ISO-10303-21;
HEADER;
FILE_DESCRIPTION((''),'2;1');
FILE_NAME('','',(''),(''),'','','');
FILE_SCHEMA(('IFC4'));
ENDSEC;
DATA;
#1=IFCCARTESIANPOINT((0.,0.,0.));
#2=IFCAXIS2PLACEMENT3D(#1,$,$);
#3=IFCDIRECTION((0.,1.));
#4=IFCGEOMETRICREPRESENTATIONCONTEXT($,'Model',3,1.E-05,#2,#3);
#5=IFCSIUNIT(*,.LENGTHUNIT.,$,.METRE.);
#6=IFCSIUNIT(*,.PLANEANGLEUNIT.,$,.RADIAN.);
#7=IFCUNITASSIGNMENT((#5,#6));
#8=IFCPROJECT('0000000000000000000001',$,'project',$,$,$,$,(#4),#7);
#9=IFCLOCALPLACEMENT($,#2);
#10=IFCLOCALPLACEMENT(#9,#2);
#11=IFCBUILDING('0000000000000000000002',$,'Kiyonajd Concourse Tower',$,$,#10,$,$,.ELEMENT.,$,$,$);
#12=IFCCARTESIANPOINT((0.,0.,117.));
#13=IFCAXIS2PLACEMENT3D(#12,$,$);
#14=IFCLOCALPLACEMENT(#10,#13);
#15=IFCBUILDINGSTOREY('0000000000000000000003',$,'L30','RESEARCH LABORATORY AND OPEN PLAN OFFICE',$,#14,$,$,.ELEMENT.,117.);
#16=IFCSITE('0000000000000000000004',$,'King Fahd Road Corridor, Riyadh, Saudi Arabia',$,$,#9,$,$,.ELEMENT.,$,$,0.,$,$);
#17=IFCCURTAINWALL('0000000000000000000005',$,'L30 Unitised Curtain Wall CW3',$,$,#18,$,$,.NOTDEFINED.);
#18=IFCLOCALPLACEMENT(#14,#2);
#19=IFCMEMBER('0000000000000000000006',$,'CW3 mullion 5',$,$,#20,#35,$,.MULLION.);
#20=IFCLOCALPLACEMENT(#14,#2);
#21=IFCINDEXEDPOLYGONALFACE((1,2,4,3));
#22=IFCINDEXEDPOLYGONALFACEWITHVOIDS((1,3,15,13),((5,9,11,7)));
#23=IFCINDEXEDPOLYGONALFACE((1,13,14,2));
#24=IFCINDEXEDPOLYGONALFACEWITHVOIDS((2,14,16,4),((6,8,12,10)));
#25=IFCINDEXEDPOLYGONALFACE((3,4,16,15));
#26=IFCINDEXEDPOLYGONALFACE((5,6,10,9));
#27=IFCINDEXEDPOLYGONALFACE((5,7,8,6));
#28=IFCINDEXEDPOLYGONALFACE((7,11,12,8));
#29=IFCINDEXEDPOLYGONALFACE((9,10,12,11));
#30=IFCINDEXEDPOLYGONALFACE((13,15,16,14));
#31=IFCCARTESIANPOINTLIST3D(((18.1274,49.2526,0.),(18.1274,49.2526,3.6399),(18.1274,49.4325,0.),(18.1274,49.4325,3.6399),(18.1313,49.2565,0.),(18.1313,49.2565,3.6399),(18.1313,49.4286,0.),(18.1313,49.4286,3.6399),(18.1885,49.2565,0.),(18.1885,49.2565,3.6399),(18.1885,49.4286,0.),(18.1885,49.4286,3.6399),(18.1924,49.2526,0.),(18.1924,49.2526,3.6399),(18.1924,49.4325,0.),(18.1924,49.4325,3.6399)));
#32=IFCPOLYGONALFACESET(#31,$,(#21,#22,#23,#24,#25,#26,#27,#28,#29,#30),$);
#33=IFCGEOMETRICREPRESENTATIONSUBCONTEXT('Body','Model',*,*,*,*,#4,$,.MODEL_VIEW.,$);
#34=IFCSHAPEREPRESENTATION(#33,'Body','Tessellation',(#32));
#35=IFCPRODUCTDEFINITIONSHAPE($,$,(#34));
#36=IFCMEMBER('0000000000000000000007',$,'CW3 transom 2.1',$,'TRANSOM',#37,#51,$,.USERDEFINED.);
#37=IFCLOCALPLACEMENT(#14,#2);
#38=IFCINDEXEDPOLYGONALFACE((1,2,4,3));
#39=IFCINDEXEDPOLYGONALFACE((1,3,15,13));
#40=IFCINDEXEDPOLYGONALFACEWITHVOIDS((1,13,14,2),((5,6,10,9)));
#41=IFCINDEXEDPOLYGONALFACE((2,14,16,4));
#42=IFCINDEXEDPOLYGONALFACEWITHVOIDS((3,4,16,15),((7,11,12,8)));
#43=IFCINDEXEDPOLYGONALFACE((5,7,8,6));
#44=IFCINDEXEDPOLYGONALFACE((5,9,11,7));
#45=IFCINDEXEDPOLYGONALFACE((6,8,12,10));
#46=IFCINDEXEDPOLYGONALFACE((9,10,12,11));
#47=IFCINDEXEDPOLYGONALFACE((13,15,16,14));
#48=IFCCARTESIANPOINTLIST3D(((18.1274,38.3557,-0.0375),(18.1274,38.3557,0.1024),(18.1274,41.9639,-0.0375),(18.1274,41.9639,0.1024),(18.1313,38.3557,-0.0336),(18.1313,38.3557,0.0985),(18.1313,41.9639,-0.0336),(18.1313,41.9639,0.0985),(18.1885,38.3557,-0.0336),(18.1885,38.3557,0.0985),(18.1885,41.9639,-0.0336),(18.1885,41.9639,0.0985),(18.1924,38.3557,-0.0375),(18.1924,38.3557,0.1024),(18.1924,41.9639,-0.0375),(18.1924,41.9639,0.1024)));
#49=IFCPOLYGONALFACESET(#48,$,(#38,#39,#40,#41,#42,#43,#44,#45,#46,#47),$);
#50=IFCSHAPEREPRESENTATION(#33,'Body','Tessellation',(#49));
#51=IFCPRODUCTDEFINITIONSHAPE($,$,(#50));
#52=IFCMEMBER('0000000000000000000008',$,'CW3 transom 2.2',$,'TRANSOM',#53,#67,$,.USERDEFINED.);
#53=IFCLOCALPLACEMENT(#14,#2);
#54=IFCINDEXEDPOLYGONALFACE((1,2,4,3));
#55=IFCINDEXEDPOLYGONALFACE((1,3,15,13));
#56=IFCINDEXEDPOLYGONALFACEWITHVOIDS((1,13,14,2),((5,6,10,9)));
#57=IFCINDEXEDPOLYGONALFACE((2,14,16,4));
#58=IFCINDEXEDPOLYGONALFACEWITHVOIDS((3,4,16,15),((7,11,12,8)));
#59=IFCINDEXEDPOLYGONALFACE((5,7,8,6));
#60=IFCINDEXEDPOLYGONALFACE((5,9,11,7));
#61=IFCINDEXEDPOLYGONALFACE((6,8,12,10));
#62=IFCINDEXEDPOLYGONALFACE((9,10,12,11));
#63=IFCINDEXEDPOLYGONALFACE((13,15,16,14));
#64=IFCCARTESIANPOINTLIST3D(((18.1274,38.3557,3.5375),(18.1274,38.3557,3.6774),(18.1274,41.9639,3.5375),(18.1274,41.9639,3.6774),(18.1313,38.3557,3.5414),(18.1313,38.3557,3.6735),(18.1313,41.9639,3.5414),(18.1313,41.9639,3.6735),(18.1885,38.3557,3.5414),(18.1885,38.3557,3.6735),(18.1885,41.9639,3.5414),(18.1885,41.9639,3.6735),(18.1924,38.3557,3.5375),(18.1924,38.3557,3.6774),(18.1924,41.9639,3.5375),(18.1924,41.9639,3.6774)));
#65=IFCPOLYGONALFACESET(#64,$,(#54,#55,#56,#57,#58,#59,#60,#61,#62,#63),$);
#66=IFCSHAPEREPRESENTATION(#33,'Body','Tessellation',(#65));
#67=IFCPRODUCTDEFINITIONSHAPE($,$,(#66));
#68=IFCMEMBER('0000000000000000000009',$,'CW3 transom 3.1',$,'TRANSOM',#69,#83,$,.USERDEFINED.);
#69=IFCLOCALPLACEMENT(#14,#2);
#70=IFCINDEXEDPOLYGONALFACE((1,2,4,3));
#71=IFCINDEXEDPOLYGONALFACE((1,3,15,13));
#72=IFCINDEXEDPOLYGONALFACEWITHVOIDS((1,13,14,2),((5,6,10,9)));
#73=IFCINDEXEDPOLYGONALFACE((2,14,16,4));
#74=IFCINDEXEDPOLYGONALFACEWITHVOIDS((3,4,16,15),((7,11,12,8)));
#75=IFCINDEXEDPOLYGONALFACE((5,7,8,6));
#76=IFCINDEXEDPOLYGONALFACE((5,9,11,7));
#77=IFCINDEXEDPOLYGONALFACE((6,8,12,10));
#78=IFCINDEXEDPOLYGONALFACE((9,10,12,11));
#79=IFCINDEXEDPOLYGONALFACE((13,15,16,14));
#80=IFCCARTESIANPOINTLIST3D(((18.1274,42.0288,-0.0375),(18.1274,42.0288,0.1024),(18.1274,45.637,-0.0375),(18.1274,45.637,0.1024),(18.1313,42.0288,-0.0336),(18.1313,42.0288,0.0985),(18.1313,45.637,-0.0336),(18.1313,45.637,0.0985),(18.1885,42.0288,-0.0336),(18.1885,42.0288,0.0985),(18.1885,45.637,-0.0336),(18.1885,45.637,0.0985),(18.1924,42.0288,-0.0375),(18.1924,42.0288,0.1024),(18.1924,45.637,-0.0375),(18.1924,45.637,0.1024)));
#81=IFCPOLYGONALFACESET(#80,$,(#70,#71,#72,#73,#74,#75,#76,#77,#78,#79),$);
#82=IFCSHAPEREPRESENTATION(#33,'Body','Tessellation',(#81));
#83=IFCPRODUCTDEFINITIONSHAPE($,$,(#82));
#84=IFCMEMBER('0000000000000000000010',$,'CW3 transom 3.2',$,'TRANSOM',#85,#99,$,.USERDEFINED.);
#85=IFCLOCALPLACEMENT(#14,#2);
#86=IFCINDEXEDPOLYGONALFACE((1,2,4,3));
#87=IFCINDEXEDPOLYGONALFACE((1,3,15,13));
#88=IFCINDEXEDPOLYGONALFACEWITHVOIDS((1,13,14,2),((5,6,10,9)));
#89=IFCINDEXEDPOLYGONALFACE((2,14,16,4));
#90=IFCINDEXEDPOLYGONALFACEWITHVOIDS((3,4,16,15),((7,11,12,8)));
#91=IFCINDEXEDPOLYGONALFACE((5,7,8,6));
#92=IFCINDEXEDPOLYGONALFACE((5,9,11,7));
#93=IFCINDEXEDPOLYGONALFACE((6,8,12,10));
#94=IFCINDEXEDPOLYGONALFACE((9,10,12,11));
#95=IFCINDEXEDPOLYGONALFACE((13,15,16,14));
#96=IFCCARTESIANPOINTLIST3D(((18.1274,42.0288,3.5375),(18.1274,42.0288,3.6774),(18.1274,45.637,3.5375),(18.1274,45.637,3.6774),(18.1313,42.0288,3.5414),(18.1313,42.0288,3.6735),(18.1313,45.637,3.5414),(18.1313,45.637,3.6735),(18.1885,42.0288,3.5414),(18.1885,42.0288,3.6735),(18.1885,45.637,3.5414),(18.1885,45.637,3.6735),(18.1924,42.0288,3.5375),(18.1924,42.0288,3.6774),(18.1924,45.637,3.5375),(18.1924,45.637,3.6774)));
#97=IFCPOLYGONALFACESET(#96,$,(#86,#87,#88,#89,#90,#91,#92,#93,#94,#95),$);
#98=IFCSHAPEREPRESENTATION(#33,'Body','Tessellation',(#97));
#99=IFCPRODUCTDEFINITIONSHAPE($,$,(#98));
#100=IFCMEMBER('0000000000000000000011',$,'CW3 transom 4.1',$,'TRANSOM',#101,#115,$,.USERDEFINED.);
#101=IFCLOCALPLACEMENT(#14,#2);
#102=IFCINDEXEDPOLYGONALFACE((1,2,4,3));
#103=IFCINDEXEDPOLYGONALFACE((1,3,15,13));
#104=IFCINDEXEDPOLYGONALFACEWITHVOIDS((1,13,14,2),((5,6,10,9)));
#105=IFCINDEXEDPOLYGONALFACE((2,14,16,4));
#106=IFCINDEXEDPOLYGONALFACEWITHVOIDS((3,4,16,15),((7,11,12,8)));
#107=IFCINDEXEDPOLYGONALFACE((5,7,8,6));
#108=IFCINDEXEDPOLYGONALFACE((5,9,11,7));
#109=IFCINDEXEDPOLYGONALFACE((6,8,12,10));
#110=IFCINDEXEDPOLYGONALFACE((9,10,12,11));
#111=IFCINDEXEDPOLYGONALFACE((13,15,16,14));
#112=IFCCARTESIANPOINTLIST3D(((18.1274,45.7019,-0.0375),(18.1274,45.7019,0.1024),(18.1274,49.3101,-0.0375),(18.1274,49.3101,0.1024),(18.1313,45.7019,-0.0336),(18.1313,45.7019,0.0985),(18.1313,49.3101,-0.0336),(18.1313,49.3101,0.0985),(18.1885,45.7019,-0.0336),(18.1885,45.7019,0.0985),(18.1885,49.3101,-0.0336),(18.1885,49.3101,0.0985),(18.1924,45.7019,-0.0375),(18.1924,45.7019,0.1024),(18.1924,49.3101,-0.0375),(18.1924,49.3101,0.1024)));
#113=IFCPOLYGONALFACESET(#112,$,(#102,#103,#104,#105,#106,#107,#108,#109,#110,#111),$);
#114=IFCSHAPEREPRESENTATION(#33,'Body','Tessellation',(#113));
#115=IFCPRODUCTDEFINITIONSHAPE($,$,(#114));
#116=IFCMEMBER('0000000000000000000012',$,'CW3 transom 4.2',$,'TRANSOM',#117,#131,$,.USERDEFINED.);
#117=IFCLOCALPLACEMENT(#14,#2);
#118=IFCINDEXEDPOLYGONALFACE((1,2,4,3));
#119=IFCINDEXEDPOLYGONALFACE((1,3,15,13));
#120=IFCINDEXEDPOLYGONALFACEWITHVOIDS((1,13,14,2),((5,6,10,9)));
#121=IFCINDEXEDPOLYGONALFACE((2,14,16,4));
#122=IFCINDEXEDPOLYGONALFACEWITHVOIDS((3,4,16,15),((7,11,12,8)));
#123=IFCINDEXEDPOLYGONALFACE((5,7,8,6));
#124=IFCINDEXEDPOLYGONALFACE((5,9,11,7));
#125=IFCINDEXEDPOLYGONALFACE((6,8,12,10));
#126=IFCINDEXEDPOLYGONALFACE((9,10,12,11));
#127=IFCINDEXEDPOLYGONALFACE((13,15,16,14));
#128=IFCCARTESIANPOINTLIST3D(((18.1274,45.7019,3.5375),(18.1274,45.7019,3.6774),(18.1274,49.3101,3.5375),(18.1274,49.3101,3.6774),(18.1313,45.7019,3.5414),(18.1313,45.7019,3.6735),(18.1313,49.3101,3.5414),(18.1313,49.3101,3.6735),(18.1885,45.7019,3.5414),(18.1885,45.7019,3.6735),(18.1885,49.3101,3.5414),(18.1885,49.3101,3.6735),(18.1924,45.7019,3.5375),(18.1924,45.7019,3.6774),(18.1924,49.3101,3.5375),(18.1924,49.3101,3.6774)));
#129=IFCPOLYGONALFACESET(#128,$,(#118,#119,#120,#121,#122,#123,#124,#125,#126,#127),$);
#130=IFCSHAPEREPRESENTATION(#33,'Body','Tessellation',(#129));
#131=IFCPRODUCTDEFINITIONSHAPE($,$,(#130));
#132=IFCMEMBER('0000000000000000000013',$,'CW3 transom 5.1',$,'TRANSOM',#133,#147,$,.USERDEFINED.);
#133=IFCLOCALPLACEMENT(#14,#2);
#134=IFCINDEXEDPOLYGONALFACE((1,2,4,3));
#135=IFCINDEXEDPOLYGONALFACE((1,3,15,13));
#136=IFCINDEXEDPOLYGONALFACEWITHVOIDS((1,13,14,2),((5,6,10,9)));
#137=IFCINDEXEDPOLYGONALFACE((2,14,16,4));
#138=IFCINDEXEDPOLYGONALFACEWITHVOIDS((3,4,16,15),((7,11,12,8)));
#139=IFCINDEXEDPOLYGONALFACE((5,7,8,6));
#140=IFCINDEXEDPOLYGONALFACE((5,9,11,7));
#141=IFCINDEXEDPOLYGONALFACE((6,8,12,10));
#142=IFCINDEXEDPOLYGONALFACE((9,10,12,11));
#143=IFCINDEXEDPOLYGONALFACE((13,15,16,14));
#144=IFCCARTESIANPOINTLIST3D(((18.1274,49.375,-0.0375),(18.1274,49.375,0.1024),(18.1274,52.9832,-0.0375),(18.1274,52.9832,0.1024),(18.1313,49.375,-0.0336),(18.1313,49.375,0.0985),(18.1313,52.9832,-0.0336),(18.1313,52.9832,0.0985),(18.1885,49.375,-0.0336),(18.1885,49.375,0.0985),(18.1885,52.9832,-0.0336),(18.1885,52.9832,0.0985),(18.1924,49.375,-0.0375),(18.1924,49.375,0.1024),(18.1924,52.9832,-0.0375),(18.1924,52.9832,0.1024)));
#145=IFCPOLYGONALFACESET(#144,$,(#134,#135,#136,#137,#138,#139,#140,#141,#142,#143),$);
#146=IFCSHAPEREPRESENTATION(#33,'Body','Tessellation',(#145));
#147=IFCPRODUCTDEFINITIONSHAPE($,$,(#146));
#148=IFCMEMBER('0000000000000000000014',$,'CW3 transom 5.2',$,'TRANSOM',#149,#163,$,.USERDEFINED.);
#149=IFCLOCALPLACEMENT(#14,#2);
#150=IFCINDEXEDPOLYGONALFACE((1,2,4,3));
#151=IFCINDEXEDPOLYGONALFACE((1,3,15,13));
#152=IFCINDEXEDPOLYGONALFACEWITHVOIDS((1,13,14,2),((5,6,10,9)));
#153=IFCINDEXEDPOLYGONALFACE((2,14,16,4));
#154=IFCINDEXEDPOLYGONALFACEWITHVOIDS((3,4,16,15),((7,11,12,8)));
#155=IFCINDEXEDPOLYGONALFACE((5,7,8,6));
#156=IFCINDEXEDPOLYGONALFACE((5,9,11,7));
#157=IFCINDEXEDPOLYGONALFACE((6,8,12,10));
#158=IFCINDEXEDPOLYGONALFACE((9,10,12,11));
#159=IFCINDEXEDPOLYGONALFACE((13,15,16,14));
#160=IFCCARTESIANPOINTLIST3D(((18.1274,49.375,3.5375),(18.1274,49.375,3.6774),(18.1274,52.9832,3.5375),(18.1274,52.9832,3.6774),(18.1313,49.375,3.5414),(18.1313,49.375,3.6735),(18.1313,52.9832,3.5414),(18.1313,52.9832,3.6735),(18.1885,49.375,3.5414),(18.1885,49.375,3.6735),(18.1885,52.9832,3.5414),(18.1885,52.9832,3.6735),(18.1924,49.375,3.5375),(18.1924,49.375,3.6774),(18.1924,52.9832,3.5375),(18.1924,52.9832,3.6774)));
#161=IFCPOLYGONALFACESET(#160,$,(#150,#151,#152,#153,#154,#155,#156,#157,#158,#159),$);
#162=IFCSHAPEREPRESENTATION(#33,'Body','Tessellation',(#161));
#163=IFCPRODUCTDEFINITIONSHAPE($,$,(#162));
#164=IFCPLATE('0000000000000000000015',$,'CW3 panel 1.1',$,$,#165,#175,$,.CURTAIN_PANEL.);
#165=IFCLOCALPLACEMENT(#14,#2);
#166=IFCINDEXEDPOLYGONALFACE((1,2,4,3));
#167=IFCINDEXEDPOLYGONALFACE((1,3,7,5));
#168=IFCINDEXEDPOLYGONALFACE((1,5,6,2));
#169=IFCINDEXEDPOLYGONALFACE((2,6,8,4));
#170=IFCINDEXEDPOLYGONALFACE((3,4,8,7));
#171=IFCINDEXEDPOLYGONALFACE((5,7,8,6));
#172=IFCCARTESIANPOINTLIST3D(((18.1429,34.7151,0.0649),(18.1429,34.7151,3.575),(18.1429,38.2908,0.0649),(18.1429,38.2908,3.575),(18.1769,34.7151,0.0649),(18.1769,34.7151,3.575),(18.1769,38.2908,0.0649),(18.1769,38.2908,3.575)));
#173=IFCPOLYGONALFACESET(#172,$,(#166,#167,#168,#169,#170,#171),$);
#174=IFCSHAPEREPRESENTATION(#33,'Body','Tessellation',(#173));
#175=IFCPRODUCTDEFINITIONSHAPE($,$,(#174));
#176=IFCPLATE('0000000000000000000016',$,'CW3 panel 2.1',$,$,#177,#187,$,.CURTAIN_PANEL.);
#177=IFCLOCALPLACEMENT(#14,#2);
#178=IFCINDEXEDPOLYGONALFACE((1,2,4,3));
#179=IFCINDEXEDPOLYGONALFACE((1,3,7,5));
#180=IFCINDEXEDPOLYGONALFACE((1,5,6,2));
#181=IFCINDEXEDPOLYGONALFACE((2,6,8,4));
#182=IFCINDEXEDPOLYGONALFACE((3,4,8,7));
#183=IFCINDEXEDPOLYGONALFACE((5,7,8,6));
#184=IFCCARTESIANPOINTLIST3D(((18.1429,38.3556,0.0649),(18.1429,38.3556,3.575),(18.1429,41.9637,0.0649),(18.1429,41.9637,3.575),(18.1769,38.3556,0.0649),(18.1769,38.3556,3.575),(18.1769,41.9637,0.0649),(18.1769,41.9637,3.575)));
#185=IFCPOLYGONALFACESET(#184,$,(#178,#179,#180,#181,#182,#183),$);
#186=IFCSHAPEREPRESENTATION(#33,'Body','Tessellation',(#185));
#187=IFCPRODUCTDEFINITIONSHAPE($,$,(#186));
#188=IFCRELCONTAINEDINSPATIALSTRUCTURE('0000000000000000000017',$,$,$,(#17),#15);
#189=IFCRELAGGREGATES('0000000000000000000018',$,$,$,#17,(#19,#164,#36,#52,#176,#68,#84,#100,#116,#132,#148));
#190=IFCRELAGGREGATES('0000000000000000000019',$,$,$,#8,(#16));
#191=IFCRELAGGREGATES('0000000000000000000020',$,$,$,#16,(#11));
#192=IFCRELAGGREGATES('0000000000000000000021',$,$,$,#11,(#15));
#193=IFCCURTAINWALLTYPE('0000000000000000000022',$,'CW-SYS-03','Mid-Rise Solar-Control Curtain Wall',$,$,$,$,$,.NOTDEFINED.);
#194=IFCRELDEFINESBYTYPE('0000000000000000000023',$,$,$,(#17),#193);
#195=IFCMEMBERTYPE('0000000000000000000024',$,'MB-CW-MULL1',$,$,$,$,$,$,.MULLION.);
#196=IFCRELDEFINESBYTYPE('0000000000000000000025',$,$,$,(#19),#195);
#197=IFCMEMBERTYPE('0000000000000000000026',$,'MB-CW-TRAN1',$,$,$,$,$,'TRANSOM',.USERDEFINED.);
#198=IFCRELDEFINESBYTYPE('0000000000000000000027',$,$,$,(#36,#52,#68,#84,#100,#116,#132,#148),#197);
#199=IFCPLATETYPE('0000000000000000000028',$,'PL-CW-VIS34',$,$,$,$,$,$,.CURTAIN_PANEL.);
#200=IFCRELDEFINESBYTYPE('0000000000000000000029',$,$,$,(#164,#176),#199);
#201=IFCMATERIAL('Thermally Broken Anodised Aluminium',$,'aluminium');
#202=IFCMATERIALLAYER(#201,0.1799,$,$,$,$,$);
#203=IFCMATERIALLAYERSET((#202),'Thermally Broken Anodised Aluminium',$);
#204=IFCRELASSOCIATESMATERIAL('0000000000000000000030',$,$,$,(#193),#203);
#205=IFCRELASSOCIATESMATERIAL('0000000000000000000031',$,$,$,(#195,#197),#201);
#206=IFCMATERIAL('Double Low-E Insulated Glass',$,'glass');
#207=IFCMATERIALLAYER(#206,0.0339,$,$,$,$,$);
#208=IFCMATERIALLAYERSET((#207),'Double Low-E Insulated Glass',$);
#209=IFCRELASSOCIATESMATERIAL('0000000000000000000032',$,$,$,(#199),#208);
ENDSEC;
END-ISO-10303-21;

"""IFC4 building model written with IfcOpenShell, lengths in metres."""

from ifc_helpers import new_model, si_unit, direction, frame, origin, origin_2d, place, context, subcontext, project, spatial, rectangle, hollow_rectangle, extrude, material, layer, layer_set, material_profile, profile_set, type_object, element, aggregate, save


model = new_model("IFC4")

# Units and contexts
model_context = context("Model", 3, precision=1e-05, world=origin(), true_north=direction((0.0, 1.0)))
body_context = subcontext(model_context, "Body", "Model", "MODEL_VIEW")
ifc_project = project(units=[si_unit("LENGTHUNIT", "METRE"), si_unit("PLANEANGLEUNIT", "RADIAN")], contexts=[model_context])

# Site, building, storey
site_placement = place(None, origin())
site = spatial("IfcSite", under=ifc_project, at=site_placement, Name="King Fahd Road Corridor, Riyadh, Saudi Arabia", CompositionType="ELEMENT", RefElevation=0.0)
building_placement = place(site_placement, origin())
building = spatial("IfcBuilding", under=site, at=building_placement, Name="Kiyonajd Concourse Tower", CompositionType="ELEMENT")
storey_placement = place(building_placement, frame((0.0, 0.0, 117.0)))
storey = spatial("IfcBuildingStorey", under=building, at=storey_placement, Name="L30", Description="RESEARCH LABORATORY AND OPEN PLAN OFFICE", CompositionType="ELEMENT", Elevation=117.0)

# Curtain wall, members, plates
ifc_material_1 = material(Name="Thermally Broken Anodised Aluminium", Category="aluminium")
ifc_layer_1 = layer(ifc_material_1, 0.1799)
ifc_layer_set_1 = layer_set([ifc_layer_1], Name="Thermally Broken Anodised Aluminium")
curtain_wall_type = type_object("IfcCurtainWallType", Name="CW-SYS-03", Description="Mid-Rise Solar-Control Curtain Wall", PredefinedType="NOTDEFINED", material=ifc_layer_set_1)
curtain_wall_placement = place(storey_placement, origin())
curtain_wall = element("IfcCurtainWall", 1, at=curtain_wall_placement, inside=storey, type_object=curtain_wall_type, Name="L30 Unitised Curtain Wall CW3", PredefinedType="NOTDEFINED")
ifc_material_profile_1 = material_profile(ifc_material_1, hollow_rectangle(XDim=0.0649, YDim=0.1799, WallThickness=0.0039, at=origin_2d()), Name="MULL-65x180")
ifc_profile_set_1 = profile_set([ifc_material_profile_1], Name="Thermally Broken Anodised Aluminium")
member_type_1 = type_object("IfcMemberType", Name="MB-CW-MULL1", PredefinedType="MULLION", material=ifc_profile_set_1)
member_1_placement = place(storey_placement, frame((18.1599, 49.3425, 0.0), z_axis=(0.0, 0.0, 1.0), x_axis=(-1.0, 0.0, 0.0)))
member_1 = element("IfcMember", 2, at=member_1_placement, type_object=member_type_1, Name="CW3 mullion 5", PredefinedType="MULLION", context=body_context, shape_type="SweptSolid", body=[
    extrude(hollow_rectangle(XDim=0.0649, YDim=0.1799, WallThickness=0.0039, at=origin_2d()), origin(), (0.0, 0.0, 1.0), 3.6399),
])
ifc_material_profile_2 = material_profile(ifc_material_1, hollow_rectangle(XDim=0.0649, YDim=0.1399, WallThickness=0.0039, at=origin_2d()), Name="TRAN-65x140")
ifc_profile_set_2 = profile_set([ifc_material_profile_2], Name="Thermally Broken Anodised Aluminium")
member_type_2 = type_object("IfcMemberType", Name="MB-CW-TRAN1", ElementType="TRANSOM", PredefinedType="USERDEFINED", material=ifc_profile_set_2)
member_2_placement = place(storey_placement, frame((18.1599, 38.3557, 0.0325), z_axis=(0.0, 1.0, 0.0), x_axis=(-1.0, 0.0, 0.0)))
member_2 = element("IfcMember", 3, at=member_2_placement, type_object=member_type_2, Name="CW3 transom 2.1", ObjectType="TRANSOM", PredefinedType="USERDEFINED", context=body_context, shape_type="SweptSolid", body=[
    extrude(hollow_rectangle(XDim=0.0649, YDim=0.1399, WallThickness=0.0039, at=origin_2d()), origin(), (0.0, 0.0, 1.0), 3.6082),
])
member_3_placement = place(storey_placement, frame((18.1599, 38.3557, 3.6074), z_axis=(0.0, 1.0, 0.0), x_axis=(-1.0, 0.0, 0.0)))
member_3 = element("IfcMember", 4, at=member_3_placement, type_object=member_type_2, Name="CW3 transom 2.2", ObjectType="TRANSOM", PredefinedType="USERDEFINED", context=body_context, shape_type="SweptSolid", body=[
    extrude(hollow_rectangle(XDim=0.0649, YDim=0.1399, WallThickness=0.0039, at=origin_2d()), origin(), (0.0, 0.0, 1.0), 3.6082),
])
member_4_placement = place(storey_placement, frame((18.1599, 42.0288, 0.0325), z_axis=(0.0, 1.0, 0.0), x_axis=(-1.0, 0.0, 0.0)))
member_4 = element("IfcMember", 5, at=member_4_placement, type_object=member_type_2, Name="CW3 transom 3.1", ObjectType="TRANSOM", PredefinedType="USERDEFINED", context=body_context, shape_type="SweptSolid", body=[
    extrude(hollow_rectangle(XDim=0.0649, YDim=0.1399, WallThickness=0.0039, at=origin_2d()), origin(), (0.0, 0.0, 1.0), 3.6082),
])
member_5_placement = place(storey_placement, frame((18.1599, 42.0288, 3.6074), z_axis=(0.0, 1.0, 0.0), x_axis=(-1.0, 0.0, 0.0)))
member_5 = element("IfcMember", 6, at=member_5_placement, type_object=member_type_2, Name="CW3 transom 3.2", ObjectType="TRANSOM", PredefinedType="USERDEFINED", context=body_context, shape_type="SweptSolid", body=[
    extrude(hollow_rectangle(XDim=0.0649, YDim=0.1399, WallThickness=0.0039, at=origin_2d()), origin(), (0.0, 0.0, 1.0), 3.6082),
])
member_6_placement = place(storey_placement, frame((18.1599, 45.7019, 0.0325), z_axis=(0.0, 1.0, 0.0), x_axis=(-1.0, 0.0, 0.0)))
member_6 = element("IfcMember", 7, at=member_6_placement, type_object=member_type_2, Name="CW3 transom 4.1", ObjectType="TRANSOM", PredefinedType="USERDEFINED", context=body_context, shape_type="SweptSolid", body=[
    extrude(hollow_rectangle(XDim=0.0649, YDim=0.1399, WallThickness=0.0039, at=origin_2d()), origin(), (0.0, 0.0, 1.0), 3.6082),
])
member_7_placement = place(storey_placement, frame((18.1599, 45.7019, 3.6074), z_axis=(0.0, 1.0, 0.0), x_axis=(-1.0, 0.0, 0.0)))
member_7 = element("IfcMember", 8, at=member_7_placement, type_object=member_type_2, Name="CW3 transom 4.2", ObjectType="TRANSOM", PredefinedType="USERDEFINED", context=body_context, shape_type="SweptSolid", body=[
    extrude(hollow_rectangle(XDim=0.0649, YDim=0.1399, WallThickness=0.0039, at=origin_2d()), origin(), (0.0, 0.0, 1.0), 3.6082),
])
member_8_placement = place(storey_placement, frame((18.1599, 49.375, 0.0325), z_axis=(0.0, 1.0, 0.0), x_axis=(-1.0, 0.0, 0.0)))
member_8 = element("IfcMember", 9, at=member_8_placement, type_object=member_type_2, Name="CW3 transom 5.1", ObjectType="TRANSOM", PredefinedType="USERDEFINED", context=body_context, shape_type="SweptSolid", body=[
    extrude(hollow_rectangle(XDim=0.0649, YDim=0.1399, WallThickness=0.0039, at=origin_2d()), origin(), (0.0, 0.0, 1.0), 3.6082),
])
member_9_placement = place(storey_placement, frame((18.1599, 49.375, 3.6074), z_axis=(0.0, 1.0, 0.0), x_axis=(-1.0, 0.0, 0.0)))
member_9 = element("IfcMember", 10, at=member_9_placement, type_object=member_type_2, Name="CW3 transom 5.2", ObjectType="TRANSOM", PredefinedType="USERDEFINED", context=body_context, shape_type="SweptSolid", body=[
    extrude(hollow_rectangle(XDim=0.0649, YDim=0.1399, WallThickness=0.0039, at=origin_2d()), origin(), (0.0, 0.0, 1.0), 3.6082),
])
ifc_material_2 = material(Name="Double Low-E Insulated Glass", Category="glass")
ifc_layer_2 = layer(ifc_material_2, 0.0339)
ifc_layer_set_2 = layer_set([ifc_layer_2], Name="Double Low-E Insulated Glass")
plate_type = type_object("IfcPlateType", Name="PL-CW-VIS34", PredefinedType="CURTAIN_PANEL", material=ifc_layer_set_2)
plate_1_placement = place(storey_placement, frame((18.1599, 36.5029, 0.0649), z_axis=(0.0, 0.0, 1.0), x_axis=(0.0, 1.0, 0.0)))
plate_1 = element("IfcPlate", 11, at=plate_1_placement, type_object=plate_type, Name="CW3 panel 1.1", PredefinedType="CURTAIN_PANEL", context=body_context, shape_type="SweptSolid", body=[
    extrude(rectangle(XDim=3.5757, YDim=0.0339, at=origin_2d()), origin(), (0.0, 0.0, 1.0), 3.51),
])
plate_2_placement = place(storey_placement, frame((18.1599, 40.1597, 0.0649), z_axis=(0.0, 0.0, 1.0), x_axis=(0.0, 1.0, 0.0)))
plate_2 = element("IfcPlate", 12, at=plate_2_placement, type_object=plate_type, Name="CW3 panel 2.1", PredefinedType="CURTAIN_PANEL", context=body_context, shape_type="SweptSolid", body=[
    extrude(rectangle(XDim=3.6082, YDim=0.0339, at=origin_2d()), origin(), (0.0, 0.0, 1.0), 3.51),
])
aggregate(curtain_wall, [member_1, plate_1, member_2, member_3, plate_2, member_4, member_5, member_6, member_7, member_8, member_9])

save(model, "model.ifc")
